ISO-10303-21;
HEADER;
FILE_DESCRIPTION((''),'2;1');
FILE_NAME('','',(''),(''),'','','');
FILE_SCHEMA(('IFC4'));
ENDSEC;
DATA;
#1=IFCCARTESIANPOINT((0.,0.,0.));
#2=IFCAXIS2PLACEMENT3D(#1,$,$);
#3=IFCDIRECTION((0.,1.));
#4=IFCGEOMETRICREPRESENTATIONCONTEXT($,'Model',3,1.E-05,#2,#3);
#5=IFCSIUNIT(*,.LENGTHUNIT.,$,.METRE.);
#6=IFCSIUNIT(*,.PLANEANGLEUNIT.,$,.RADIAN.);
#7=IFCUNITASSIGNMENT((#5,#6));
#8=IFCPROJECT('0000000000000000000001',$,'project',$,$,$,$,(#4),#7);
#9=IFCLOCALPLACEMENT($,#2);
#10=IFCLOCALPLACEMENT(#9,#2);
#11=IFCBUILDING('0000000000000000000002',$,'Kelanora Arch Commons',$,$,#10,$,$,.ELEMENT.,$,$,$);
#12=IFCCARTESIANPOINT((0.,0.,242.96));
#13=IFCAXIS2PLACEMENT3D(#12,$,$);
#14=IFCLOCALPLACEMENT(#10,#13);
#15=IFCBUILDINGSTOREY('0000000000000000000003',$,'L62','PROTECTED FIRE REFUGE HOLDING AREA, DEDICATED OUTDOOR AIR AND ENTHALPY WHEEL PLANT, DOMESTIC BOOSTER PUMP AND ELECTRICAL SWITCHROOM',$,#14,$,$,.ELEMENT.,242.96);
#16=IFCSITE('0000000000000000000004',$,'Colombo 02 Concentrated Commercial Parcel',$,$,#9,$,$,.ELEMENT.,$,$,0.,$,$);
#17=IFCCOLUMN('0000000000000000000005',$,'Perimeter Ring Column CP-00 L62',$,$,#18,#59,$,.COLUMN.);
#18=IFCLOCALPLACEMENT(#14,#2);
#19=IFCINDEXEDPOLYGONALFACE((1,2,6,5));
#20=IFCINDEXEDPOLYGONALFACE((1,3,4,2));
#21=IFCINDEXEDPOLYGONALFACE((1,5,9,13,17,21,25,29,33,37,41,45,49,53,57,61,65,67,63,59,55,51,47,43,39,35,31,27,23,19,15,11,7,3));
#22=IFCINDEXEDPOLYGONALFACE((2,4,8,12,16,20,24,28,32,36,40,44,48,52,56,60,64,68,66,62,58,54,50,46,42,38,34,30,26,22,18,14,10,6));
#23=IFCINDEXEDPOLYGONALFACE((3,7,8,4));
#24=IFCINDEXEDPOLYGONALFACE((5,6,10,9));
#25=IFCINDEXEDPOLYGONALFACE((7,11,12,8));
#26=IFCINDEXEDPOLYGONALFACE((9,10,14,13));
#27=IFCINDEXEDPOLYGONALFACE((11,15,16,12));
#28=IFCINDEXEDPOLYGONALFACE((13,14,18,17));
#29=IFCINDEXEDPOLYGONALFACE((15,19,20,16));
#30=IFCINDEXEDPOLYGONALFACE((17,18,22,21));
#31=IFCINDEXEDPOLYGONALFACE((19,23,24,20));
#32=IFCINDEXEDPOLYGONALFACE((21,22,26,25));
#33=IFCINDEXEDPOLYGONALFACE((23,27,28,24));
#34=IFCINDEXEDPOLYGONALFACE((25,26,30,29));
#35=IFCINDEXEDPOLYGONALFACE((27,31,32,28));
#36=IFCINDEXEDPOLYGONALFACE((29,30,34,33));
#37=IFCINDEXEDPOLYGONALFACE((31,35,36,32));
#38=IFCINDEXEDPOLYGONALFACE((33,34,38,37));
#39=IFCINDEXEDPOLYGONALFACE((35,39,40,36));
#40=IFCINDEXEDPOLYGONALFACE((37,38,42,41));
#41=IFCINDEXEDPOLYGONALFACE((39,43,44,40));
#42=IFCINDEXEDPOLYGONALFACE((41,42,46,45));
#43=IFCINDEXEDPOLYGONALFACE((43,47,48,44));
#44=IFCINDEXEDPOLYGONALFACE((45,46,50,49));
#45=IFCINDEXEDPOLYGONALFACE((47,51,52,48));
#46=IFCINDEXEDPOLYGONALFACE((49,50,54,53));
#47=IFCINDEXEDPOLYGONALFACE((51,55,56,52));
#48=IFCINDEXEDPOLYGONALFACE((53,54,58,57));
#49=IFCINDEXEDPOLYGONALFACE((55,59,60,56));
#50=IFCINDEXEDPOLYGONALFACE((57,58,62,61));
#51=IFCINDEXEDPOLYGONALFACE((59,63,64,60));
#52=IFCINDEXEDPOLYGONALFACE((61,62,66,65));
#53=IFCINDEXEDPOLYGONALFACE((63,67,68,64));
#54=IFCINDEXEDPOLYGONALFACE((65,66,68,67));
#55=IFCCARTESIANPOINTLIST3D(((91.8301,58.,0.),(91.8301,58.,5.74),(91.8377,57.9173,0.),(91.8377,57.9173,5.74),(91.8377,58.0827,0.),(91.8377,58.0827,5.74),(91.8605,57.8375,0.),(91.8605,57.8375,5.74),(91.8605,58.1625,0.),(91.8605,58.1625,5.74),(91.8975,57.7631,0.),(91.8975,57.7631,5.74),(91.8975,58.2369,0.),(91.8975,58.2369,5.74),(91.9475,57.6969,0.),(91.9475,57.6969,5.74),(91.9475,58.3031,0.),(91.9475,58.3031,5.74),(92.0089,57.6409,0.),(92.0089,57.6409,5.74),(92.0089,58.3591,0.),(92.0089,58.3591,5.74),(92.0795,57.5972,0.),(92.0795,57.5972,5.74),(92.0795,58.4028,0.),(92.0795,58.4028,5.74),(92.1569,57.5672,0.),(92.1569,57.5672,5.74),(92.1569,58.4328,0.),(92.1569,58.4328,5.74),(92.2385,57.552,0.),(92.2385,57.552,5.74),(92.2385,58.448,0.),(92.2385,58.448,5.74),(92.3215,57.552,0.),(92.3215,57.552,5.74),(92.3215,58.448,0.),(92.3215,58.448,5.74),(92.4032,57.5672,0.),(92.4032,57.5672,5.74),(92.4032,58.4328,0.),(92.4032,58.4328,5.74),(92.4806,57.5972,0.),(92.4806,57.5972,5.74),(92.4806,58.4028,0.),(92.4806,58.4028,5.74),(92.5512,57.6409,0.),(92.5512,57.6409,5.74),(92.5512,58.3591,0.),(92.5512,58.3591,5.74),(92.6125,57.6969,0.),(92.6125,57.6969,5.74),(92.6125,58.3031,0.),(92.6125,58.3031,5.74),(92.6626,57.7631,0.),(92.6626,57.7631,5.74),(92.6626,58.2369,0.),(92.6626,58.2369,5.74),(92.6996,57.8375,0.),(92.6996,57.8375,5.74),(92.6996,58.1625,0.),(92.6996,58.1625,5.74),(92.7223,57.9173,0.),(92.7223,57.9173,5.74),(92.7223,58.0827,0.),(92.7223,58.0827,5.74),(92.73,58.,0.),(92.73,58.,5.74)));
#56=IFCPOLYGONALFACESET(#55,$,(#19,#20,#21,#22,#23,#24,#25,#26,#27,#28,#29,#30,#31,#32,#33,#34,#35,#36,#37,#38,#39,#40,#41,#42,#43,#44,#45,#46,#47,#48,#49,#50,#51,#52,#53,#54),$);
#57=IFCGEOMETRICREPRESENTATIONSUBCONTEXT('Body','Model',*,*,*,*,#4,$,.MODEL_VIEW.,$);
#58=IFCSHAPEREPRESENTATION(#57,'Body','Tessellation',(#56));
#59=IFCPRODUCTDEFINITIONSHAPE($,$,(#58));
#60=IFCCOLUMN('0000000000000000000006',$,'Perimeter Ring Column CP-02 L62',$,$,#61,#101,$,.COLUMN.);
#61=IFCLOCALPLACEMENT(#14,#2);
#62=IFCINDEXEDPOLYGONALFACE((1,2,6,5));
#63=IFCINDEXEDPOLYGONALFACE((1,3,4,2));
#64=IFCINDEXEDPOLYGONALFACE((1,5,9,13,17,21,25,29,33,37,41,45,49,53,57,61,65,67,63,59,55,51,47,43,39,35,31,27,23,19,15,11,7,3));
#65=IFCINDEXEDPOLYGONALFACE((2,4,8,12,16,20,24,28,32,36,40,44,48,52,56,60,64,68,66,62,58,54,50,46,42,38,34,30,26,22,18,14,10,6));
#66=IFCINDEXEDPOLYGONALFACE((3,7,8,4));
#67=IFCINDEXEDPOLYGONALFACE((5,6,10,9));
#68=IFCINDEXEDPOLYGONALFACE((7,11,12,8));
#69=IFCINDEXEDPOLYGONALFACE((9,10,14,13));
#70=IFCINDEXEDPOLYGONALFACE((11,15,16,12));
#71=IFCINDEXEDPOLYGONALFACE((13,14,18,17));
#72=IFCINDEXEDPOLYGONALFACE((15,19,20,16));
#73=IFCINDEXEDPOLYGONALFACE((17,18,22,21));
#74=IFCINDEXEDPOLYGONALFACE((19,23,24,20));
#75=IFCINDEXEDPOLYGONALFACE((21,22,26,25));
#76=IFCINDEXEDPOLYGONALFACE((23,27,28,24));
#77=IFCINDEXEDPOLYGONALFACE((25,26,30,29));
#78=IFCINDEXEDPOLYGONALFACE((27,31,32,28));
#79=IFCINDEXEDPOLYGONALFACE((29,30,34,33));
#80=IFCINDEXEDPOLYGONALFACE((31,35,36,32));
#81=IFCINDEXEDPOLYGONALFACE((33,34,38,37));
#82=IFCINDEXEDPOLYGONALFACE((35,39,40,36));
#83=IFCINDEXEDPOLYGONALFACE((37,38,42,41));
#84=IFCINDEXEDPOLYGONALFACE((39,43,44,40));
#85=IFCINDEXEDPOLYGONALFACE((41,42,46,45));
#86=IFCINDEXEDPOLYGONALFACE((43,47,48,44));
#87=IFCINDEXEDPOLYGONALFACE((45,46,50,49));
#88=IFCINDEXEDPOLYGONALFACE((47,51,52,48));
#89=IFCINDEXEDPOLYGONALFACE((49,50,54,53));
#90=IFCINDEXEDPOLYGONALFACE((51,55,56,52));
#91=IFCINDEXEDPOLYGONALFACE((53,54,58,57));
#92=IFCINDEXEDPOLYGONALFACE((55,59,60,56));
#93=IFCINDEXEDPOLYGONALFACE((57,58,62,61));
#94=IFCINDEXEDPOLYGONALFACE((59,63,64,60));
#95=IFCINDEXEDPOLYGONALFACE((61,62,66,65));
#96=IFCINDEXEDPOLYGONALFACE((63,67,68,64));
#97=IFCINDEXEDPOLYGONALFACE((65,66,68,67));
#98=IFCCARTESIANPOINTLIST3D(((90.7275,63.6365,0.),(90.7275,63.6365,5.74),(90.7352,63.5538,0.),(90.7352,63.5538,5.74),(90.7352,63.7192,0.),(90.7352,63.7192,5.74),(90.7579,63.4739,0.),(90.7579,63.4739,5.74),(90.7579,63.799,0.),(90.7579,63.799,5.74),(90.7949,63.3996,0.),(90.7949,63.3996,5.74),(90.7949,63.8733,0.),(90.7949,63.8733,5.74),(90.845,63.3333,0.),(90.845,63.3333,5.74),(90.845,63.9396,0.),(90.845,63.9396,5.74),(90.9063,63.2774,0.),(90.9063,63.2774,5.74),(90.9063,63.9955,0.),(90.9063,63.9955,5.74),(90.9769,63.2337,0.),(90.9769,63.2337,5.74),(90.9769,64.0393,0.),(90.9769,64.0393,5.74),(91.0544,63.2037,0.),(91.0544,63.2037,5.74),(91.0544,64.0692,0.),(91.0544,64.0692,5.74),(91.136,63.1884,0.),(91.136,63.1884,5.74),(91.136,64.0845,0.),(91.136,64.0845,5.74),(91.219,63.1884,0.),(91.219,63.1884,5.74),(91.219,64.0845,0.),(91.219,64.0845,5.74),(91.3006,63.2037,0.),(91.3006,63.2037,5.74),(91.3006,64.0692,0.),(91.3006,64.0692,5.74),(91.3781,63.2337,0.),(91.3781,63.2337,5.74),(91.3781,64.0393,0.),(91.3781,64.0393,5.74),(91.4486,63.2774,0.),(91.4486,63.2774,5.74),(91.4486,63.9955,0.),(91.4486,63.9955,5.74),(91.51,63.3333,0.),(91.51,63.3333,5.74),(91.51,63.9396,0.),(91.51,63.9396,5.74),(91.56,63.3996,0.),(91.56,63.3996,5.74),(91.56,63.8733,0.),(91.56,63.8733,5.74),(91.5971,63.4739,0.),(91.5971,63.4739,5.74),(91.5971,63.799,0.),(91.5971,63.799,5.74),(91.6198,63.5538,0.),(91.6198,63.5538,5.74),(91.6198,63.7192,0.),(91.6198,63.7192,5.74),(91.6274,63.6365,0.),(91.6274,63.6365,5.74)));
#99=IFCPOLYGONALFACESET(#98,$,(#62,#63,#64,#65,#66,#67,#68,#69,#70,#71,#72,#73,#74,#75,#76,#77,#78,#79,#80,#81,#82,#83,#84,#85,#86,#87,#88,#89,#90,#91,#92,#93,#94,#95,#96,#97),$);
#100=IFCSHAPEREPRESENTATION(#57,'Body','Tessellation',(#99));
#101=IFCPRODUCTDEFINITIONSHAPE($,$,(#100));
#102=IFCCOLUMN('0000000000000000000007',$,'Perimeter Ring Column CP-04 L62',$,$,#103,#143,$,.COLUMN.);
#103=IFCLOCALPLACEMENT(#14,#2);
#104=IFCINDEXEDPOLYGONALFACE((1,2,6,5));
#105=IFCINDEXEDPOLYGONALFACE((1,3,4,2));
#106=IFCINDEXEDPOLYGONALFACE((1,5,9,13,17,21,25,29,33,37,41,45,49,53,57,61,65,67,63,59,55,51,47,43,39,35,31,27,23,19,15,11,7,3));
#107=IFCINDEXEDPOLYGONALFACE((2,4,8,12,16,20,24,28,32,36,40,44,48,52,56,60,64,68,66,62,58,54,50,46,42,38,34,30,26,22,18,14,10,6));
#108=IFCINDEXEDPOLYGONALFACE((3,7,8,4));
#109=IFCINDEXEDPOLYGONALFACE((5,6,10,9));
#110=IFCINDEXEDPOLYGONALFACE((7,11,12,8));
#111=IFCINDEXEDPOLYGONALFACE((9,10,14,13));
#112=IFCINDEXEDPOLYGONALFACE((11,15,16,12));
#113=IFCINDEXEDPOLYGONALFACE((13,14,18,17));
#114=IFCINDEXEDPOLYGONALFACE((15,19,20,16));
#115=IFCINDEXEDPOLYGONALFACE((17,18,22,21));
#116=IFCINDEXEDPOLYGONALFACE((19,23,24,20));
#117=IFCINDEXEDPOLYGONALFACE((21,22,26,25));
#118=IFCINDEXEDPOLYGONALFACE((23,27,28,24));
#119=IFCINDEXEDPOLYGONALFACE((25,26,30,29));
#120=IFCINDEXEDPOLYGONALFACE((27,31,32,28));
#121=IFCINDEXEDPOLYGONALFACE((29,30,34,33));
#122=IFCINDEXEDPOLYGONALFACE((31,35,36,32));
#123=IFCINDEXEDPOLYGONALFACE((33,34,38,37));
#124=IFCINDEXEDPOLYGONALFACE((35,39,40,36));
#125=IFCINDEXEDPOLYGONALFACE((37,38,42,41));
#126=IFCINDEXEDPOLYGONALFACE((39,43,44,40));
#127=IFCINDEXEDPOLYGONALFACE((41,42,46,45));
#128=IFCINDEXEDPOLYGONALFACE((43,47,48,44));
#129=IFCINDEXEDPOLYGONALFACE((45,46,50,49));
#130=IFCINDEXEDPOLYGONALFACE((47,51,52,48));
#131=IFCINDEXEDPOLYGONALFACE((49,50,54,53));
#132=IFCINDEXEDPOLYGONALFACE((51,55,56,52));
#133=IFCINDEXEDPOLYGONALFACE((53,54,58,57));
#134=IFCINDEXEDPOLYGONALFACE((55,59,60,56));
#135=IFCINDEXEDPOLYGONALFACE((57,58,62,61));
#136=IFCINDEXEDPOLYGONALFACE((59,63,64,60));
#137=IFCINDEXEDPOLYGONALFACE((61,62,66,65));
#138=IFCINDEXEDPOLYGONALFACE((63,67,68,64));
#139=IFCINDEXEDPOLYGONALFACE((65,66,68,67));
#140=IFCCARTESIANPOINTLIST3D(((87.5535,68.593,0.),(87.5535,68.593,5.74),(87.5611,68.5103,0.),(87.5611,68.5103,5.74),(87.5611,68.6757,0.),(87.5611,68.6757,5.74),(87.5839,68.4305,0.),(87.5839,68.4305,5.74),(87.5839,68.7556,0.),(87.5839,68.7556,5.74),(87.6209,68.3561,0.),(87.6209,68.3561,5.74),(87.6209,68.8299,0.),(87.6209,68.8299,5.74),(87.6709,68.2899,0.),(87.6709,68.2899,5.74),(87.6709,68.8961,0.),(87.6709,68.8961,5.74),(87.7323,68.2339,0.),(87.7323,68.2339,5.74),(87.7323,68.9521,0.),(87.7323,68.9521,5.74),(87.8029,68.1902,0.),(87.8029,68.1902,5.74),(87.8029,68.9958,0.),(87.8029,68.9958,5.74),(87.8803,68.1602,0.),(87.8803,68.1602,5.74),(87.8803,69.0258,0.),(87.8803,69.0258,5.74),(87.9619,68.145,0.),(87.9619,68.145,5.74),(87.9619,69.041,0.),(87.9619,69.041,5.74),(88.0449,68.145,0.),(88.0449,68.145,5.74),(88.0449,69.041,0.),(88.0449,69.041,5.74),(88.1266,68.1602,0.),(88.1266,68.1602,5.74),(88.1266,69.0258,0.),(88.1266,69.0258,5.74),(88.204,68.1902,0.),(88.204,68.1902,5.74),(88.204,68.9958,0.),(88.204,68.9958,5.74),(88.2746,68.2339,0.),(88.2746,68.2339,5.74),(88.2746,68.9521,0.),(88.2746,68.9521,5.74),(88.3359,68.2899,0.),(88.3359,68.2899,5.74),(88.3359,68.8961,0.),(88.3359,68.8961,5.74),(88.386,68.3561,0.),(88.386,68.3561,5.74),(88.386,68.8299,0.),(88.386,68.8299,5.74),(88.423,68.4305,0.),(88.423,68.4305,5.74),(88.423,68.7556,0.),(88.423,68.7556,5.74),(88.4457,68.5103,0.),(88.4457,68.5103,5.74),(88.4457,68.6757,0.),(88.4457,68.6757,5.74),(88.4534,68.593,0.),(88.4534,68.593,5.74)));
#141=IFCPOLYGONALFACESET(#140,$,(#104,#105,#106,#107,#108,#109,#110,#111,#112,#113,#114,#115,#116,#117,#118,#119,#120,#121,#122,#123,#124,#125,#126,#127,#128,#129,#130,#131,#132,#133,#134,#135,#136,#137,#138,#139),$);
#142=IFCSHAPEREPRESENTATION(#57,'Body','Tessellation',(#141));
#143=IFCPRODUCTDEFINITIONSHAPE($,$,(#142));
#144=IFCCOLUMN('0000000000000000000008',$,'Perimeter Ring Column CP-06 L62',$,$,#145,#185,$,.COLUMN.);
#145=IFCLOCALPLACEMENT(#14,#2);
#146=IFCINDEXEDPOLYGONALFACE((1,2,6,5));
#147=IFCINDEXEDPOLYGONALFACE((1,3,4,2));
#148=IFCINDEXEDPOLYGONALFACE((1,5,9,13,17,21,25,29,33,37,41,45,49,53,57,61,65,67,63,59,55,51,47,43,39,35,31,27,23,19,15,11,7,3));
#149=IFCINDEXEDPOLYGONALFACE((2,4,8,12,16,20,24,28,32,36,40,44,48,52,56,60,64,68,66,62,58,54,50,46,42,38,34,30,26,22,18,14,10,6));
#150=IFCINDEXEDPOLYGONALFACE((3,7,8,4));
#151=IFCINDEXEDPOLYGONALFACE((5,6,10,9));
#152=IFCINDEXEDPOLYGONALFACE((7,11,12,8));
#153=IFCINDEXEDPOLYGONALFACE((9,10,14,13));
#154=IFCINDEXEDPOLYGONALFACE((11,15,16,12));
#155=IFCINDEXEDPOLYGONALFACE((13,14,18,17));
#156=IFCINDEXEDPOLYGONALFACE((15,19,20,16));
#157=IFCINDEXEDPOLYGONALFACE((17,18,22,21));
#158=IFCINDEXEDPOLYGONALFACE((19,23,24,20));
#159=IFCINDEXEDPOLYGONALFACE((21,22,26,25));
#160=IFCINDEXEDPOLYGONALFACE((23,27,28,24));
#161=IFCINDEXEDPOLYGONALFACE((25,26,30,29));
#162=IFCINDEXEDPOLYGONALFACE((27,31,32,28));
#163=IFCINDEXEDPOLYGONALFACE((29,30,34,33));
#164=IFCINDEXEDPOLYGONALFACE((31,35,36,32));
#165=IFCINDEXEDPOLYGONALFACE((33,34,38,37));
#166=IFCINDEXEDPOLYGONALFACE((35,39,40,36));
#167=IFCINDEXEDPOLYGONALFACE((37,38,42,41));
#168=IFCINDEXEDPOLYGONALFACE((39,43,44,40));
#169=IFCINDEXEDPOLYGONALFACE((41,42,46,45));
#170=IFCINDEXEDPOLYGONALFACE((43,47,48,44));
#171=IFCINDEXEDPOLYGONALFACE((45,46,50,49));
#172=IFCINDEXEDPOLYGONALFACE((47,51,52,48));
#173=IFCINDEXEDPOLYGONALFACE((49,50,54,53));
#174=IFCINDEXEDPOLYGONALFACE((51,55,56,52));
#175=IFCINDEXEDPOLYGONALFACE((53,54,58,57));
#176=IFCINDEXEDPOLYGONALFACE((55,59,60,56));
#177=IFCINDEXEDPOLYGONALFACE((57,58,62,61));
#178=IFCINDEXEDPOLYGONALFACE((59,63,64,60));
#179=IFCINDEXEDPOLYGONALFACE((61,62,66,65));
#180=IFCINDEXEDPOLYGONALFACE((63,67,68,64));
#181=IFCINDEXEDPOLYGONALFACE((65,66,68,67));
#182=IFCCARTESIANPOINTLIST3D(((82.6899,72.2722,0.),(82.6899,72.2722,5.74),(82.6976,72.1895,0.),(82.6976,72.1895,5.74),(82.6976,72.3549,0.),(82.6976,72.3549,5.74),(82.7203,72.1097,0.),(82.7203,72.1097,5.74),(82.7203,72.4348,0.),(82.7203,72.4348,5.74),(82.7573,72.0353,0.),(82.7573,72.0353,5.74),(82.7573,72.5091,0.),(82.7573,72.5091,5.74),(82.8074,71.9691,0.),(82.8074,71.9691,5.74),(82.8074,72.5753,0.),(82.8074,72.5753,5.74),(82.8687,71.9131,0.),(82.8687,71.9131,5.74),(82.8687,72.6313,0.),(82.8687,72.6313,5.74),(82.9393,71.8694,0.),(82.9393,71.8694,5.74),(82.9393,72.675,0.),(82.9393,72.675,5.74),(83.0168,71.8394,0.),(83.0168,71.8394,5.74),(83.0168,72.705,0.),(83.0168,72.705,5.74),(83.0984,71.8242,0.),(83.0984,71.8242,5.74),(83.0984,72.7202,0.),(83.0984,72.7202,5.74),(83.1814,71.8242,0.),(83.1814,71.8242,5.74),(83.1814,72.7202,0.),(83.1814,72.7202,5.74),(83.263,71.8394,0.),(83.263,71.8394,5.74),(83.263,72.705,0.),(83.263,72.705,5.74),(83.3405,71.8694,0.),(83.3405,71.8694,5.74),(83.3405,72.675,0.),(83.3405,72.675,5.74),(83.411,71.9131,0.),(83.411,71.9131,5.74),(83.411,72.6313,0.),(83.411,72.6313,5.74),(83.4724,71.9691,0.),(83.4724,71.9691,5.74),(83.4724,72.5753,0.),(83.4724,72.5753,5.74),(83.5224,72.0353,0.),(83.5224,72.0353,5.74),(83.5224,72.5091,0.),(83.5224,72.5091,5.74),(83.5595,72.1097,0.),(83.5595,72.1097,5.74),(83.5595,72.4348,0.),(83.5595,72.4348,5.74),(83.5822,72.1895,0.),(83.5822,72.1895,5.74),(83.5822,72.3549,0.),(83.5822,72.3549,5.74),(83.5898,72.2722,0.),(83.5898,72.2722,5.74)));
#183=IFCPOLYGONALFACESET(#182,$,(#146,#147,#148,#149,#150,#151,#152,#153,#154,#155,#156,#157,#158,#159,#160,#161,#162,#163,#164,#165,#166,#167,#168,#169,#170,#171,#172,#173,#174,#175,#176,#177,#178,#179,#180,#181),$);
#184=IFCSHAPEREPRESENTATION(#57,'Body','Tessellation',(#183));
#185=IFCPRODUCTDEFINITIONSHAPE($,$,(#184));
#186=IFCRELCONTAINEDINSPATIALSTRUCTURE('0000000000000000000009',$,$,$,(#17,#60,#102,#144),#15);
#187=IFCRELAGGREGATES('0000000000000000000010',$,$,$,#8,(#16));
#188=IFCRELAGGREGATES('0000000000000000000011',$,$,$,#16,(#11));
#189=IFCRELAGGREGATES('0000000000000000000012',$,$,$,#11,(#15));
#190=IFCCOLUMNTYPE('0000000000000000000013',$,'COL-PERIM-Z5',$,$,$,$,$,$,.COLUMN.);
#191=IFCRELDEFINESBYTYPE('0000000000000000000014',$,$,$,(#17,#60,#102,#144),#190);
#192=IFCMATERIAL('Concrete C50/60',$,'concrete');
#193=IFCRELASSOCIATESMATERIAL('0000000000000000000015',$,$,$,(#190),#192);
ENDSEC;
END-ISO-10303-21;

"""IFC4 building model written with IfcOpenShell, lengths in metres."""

from ifc_helpers import new_model, si_unit, direction, frame, origin, origin_2d, place, context, subcontext, project, spatial, circle, extrude, material, material_profile, profile_set, type_object, element, save


model = new_model("IFC4")

# Units and contexts
model_context = context("Model", 3, precision=1e-05, world=origin(), true_north=direction((0.0, 1.0)))
body_context = subcontext(model_context, "Body", "Model", "MODEL_VIEW")
ifc_project = project(units=[si_unit("LENGTHUNIT", "METRE"), si_unit("PLANEANGLEUNIT", "RADIAN")], contexts=[model_context])

# Site, building, storey
site_placement = place(None, origin())
site = spatial("IfcSite", under=ifc_project, at=site_placement, Name="Colombo 02 Concentrated Commercial Parcel", CompositionType="ELEMENT", RefElevation=0.0)
building_placement = place(site_placement, origin())
building = spatial("IfcBuilding", under=site, at=building_placement, Name="Kelanora Arch Commons", CompositionType="ELEMENT")
storey_placement = place(building_placement, frame((0.0, 0.0, 242.96)))
storey = spatial("IfcBuildingStorey", under=building, at=storey_placement, Name="L62", Description="PROTECTED FIRE REFUGE HOLDING AREA, DEDICATED OUTDOOR AIR AND ENTHALPY WHEEL PLANT, DOMESTIC BOOSTER PUMP AND ELECTRICAL SWITCHROOM", CompositionType="ELEMENT", Elevation=242.96)

# Columns
ifc_material_1 = material(Name="Concrete C50/60", Category="concrete")
ifc_material_profile_1 = material_profile(ifc_material_1, circle(Radius=0.45, at=origin_2d()), Name="RCC900")
ifc_profile_set_1 = profile_set([ifc_material_profile_1], Name="Concrete C50/60")
column_type = type_object("IfcColumnType", Name="COL-PERIM-Z5", PredefinedType="COLUMN", material=ifc_profile_set_1)
for number, where, z_axis, x_axis, name in (
    (1, (92.28, 58.0, 0.0), (0.0, 0.0, 1.0), (1.0, 0.0, 0.0), "Perimeter Ring Column CP-00 L62"),
    (2, (91.1775, 63.6365, 0.0), (0.0, 0.0, 1.0), (1.0, 0.0, 0.0), "Perimeter Ring Column CP-02 L62"),
    (3, (88.0034, 68.593, 0.0), (0.0, 0.0, 1.0), (1.0, 0.0, 0.0), "Perimeter Ring Column CP-04 L62"),
    (4, (83.1399, 72.2722, 0.0), (0.0, 0.0, 1.0), (1.0, 0.0, 0.0), "Perimeter Ring Column CP-06 L62"),
):
    element("IfcColumn", number, at=place(storey_placement, frame(where, z_axis=z_axis, x_axis=x_axis)), inside=storey, type_object=column_type, Name=name, PredefinedType="COLUMN", context=body_context, shape_type="SweptSolid", body=[
        extrude(circle(Radius=0.45, at=origin_2d()), origin(), (0.0, 0.0, 1.0), 5.74),
    ])

save(model, "model.ifc")
